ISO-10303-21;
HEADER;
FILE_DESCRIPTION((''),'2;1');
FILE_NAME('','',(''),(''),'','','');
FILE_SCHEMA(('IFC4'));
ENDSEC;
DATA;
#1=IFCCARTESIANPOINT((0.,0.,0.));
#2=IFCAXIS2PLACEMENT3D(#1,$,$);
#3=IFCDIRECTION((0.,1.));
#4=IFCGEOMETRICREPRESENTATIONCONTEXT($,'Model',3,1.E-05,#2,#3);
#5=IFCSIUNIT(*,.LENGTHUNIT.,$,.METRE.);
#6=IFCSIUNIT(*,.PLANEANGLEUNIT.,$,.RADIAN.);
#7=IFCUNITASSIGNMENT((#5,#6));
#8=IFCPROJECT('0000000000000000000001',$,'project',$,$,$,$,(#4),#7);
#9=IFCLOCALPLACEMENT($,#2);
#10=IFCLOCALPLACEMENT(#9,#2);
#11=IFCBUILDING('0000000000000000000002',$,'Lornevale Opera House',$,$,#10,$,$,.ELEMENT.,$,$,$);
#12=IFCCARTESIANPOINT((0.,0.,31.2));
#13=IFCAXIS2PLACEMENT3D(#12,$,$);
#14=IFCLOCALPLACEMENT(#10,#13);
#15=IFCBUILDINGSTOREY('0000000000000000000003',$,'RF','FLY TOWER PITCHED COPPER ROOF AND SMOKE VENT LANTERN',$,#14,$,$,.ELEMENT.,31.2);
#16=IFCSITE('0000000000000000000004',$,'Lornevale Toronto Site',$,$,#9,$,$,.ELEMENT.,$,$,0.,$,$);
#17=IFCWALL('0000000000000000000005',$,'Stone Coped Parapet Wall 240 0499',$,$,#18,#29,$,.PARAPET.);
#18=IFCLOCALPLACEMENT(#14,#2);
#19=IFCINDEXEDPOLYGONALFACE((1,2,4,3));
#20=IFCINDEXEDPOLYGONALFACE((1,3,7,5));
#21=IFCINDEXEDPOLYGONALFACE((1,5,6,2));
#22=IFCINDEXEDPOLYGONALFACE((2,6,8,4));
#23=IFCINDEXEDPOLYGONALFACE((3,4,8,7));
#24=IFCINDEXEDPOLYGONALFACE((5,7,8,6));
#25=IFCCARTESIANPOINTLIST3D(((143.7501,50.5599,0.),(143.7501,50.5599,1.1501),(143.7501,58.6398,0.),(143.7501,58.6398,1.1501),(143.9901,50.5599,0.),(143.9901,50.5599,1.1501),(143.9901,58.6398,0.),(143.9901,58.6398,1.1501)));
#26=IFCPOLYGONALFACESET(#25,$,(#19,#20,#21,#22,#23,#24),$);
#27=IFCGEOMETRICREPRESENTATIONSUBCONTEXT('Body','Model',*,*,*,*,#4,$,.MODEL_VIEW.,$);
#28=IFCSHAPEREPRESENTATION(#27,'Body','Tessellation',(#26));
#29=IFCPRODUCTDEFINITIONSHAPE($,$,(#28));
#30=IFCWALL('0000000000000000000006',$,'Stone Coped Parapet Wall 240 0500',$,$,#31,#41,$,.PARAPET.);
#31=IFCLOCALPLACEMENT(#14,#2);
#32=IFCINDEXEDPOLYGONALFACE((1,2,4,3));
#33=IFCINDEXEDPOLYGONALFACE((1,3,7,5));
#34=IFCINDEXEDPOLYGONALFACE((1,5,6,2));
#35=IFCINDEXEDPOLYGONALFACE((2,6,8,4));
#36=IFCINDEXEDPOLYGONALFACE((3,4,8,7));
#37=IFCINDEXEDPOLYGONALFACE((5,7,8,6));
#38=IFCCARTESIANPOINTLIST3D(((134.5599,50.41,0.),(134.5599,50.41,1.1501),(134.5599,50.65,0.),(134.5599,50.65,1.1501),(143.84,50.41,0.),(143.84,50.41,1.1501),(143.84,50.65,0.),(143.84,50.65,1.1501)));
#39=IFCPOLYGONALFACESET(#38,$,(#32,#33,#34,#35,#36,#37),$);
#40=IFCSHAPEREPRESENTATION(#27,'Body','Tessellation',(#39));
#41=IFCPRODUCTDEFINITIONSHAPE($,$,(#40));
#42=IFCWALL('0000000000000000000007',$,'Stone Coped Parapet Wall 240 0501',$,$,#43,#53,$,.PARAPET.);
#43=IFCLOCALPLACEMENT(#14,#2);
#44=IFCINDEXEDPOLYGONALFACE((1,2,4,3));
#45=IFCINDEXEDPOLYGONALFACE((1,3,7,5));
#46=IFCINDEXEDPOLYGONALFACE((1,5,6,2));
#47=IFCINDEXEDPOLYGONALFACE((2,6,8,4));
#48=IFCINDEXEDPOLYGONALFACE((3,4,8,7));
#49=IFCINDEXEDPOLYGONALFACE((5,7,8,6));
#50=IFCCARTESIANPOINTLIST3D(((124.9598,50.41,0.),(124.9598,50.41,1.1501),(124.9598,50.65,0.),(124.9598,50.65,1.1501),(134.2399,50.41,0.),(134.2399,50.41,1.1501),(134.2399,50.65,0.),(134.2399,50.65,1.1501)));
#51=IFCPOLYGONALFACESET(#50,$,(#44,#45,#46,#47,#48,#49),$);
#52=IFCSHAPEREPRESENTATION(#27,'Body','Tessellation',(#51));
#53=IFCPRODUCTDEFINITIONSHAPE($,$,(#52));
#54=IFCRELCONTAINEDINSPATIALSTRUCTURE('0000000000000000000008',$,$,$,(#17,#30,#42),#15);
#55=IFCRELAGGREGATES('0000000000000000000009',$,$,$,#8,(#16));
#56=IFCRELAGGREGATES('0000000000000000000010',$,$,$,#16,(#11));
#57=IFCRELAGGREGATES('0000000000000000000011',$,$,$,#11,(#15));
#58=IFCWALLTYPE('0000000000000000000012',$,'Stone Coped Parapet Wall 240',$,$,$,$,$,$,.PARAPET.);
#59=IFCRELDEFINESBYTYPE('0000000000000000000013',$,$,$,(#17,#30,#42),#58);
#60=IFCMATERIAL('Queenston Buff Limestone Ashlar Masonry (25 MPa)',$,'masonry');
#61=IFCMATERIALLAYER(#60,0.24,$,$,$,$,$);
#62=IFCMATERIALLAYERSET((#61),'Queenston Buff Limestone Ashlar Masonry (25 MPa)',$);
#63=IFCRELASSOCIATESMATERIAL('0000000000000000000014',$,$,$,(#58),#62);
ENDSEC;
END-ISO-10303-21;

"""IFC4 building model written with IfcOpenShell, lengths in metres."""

from ifc_helpers import new_model, si_unit, direction, frame, frame_2d, origin, place, context, subcontext, project, spatial, rectangle, extrude, material, layer, layer_set, type_object, element, save


model = new_model("IFC4")

# Units and contexts
model_context = context("Model", 3, precision=1e-05, world=origin(), true_north=direction((0.0, 1.0)))
body_context = subcontext(model_context, "Body", "Model", "MODEL_VIEW")
ifc_project = project(units=[si_unit("LENGTHUNIT", "METRE"), si_unit("PLANEANGLEUNIT", "RADIAN")], contexts=[model_context])

# Site, building, storey
site_placement = place(None, origin())
site = spatial("IfcSite", under=ifc_project, at=site_placement, Name="Lornevale Toronto Site", CompositionType="ELEMENT", RefElevation=0.0)
building_placement = place(site_placement, origin())
building = spatial("IfcBuilding", under=site, at=building_placement, Name="Lornevale Opera House", CompositionType="ELEMENT")
storey_placement = place(building_placement, frame((0.0, 0.0, 31.2)))
storey = spatial("IfcBuildingStorey", under=building, at=storey_placement, Name="RF", Description="FLY TOWER PITCHED COPPER ROOF AND SMOKE VENT LANTERN", CompositionType="ELEMENT", Elevation=31.2)

# Walls
ifc_material_1 = material(Name="Queenston Buff Limestone Ashlar Masonry (25 MPa)", Category="masonry")
ifc_layer = layer(ifc_material_1, 0.24)
ifc_layer_set = layer_set([ifc_layer], Name="Queenston Buff Limestone Ashlar Masonry (25 MPa)")
wall_type = type_object("IfcWallType", Name="Stone Coped Parapet Wall 240", PredefinedType="PARAPET", material=ifc_layer_set)
wall_1_placement = place(storey_placement, frame((143.8701, 58.6399, 0.0), z_axis=(0.0, 0.0, 1.0), x_axis=(0.0, -1.0, 0.0)))
element("IfcWall", 1, at=wall_1_placement, inside=storey, type_object=wall_type, Name="Stone Coped Parapet Wall 240 0499", PredefinedType="PARAPET", context=body_context, shape_type="SweptSolid", body=[
    extrude(rectangle(XDim=8.0798, YDim=0.24, at=frame_2d((4.04, 0.0))), origin(), (0.0, 0.0, 1.0), 1.1501),
])
for number, where, z_axis, x_axis, name in (
    (2, (143.8401, 50.53, 0.0), (0.0, 0.0, 1.0), (-1.0, 0.0, 0.0), "Stone Coped Parapet Wall 240 0500"),
    (3, (134.24, 50.53, 0.0), (0.0, 0.0, 1.0), (-1.0, 0.0, 0.0), "Stone Coped Parapet Wall 240 0501"),
):
    element("IfcWall", number, at=place(storey_placement, frame(where, z_axis=z_axis, x_axis=x_axis)), inside=storey, type_object=wall_type, Name=name, PredefinedType="PARAPET", context=body_context, shape_type="SweptSolid", body=[
        extrude(rectangle(XDim=9.28, YDim=0.24, at=frame_2d((4.6401, 0.0))), origin(), (0.0, 0.0, 1.0), 1.1501),
    ])

save(model, "model.ifc")
